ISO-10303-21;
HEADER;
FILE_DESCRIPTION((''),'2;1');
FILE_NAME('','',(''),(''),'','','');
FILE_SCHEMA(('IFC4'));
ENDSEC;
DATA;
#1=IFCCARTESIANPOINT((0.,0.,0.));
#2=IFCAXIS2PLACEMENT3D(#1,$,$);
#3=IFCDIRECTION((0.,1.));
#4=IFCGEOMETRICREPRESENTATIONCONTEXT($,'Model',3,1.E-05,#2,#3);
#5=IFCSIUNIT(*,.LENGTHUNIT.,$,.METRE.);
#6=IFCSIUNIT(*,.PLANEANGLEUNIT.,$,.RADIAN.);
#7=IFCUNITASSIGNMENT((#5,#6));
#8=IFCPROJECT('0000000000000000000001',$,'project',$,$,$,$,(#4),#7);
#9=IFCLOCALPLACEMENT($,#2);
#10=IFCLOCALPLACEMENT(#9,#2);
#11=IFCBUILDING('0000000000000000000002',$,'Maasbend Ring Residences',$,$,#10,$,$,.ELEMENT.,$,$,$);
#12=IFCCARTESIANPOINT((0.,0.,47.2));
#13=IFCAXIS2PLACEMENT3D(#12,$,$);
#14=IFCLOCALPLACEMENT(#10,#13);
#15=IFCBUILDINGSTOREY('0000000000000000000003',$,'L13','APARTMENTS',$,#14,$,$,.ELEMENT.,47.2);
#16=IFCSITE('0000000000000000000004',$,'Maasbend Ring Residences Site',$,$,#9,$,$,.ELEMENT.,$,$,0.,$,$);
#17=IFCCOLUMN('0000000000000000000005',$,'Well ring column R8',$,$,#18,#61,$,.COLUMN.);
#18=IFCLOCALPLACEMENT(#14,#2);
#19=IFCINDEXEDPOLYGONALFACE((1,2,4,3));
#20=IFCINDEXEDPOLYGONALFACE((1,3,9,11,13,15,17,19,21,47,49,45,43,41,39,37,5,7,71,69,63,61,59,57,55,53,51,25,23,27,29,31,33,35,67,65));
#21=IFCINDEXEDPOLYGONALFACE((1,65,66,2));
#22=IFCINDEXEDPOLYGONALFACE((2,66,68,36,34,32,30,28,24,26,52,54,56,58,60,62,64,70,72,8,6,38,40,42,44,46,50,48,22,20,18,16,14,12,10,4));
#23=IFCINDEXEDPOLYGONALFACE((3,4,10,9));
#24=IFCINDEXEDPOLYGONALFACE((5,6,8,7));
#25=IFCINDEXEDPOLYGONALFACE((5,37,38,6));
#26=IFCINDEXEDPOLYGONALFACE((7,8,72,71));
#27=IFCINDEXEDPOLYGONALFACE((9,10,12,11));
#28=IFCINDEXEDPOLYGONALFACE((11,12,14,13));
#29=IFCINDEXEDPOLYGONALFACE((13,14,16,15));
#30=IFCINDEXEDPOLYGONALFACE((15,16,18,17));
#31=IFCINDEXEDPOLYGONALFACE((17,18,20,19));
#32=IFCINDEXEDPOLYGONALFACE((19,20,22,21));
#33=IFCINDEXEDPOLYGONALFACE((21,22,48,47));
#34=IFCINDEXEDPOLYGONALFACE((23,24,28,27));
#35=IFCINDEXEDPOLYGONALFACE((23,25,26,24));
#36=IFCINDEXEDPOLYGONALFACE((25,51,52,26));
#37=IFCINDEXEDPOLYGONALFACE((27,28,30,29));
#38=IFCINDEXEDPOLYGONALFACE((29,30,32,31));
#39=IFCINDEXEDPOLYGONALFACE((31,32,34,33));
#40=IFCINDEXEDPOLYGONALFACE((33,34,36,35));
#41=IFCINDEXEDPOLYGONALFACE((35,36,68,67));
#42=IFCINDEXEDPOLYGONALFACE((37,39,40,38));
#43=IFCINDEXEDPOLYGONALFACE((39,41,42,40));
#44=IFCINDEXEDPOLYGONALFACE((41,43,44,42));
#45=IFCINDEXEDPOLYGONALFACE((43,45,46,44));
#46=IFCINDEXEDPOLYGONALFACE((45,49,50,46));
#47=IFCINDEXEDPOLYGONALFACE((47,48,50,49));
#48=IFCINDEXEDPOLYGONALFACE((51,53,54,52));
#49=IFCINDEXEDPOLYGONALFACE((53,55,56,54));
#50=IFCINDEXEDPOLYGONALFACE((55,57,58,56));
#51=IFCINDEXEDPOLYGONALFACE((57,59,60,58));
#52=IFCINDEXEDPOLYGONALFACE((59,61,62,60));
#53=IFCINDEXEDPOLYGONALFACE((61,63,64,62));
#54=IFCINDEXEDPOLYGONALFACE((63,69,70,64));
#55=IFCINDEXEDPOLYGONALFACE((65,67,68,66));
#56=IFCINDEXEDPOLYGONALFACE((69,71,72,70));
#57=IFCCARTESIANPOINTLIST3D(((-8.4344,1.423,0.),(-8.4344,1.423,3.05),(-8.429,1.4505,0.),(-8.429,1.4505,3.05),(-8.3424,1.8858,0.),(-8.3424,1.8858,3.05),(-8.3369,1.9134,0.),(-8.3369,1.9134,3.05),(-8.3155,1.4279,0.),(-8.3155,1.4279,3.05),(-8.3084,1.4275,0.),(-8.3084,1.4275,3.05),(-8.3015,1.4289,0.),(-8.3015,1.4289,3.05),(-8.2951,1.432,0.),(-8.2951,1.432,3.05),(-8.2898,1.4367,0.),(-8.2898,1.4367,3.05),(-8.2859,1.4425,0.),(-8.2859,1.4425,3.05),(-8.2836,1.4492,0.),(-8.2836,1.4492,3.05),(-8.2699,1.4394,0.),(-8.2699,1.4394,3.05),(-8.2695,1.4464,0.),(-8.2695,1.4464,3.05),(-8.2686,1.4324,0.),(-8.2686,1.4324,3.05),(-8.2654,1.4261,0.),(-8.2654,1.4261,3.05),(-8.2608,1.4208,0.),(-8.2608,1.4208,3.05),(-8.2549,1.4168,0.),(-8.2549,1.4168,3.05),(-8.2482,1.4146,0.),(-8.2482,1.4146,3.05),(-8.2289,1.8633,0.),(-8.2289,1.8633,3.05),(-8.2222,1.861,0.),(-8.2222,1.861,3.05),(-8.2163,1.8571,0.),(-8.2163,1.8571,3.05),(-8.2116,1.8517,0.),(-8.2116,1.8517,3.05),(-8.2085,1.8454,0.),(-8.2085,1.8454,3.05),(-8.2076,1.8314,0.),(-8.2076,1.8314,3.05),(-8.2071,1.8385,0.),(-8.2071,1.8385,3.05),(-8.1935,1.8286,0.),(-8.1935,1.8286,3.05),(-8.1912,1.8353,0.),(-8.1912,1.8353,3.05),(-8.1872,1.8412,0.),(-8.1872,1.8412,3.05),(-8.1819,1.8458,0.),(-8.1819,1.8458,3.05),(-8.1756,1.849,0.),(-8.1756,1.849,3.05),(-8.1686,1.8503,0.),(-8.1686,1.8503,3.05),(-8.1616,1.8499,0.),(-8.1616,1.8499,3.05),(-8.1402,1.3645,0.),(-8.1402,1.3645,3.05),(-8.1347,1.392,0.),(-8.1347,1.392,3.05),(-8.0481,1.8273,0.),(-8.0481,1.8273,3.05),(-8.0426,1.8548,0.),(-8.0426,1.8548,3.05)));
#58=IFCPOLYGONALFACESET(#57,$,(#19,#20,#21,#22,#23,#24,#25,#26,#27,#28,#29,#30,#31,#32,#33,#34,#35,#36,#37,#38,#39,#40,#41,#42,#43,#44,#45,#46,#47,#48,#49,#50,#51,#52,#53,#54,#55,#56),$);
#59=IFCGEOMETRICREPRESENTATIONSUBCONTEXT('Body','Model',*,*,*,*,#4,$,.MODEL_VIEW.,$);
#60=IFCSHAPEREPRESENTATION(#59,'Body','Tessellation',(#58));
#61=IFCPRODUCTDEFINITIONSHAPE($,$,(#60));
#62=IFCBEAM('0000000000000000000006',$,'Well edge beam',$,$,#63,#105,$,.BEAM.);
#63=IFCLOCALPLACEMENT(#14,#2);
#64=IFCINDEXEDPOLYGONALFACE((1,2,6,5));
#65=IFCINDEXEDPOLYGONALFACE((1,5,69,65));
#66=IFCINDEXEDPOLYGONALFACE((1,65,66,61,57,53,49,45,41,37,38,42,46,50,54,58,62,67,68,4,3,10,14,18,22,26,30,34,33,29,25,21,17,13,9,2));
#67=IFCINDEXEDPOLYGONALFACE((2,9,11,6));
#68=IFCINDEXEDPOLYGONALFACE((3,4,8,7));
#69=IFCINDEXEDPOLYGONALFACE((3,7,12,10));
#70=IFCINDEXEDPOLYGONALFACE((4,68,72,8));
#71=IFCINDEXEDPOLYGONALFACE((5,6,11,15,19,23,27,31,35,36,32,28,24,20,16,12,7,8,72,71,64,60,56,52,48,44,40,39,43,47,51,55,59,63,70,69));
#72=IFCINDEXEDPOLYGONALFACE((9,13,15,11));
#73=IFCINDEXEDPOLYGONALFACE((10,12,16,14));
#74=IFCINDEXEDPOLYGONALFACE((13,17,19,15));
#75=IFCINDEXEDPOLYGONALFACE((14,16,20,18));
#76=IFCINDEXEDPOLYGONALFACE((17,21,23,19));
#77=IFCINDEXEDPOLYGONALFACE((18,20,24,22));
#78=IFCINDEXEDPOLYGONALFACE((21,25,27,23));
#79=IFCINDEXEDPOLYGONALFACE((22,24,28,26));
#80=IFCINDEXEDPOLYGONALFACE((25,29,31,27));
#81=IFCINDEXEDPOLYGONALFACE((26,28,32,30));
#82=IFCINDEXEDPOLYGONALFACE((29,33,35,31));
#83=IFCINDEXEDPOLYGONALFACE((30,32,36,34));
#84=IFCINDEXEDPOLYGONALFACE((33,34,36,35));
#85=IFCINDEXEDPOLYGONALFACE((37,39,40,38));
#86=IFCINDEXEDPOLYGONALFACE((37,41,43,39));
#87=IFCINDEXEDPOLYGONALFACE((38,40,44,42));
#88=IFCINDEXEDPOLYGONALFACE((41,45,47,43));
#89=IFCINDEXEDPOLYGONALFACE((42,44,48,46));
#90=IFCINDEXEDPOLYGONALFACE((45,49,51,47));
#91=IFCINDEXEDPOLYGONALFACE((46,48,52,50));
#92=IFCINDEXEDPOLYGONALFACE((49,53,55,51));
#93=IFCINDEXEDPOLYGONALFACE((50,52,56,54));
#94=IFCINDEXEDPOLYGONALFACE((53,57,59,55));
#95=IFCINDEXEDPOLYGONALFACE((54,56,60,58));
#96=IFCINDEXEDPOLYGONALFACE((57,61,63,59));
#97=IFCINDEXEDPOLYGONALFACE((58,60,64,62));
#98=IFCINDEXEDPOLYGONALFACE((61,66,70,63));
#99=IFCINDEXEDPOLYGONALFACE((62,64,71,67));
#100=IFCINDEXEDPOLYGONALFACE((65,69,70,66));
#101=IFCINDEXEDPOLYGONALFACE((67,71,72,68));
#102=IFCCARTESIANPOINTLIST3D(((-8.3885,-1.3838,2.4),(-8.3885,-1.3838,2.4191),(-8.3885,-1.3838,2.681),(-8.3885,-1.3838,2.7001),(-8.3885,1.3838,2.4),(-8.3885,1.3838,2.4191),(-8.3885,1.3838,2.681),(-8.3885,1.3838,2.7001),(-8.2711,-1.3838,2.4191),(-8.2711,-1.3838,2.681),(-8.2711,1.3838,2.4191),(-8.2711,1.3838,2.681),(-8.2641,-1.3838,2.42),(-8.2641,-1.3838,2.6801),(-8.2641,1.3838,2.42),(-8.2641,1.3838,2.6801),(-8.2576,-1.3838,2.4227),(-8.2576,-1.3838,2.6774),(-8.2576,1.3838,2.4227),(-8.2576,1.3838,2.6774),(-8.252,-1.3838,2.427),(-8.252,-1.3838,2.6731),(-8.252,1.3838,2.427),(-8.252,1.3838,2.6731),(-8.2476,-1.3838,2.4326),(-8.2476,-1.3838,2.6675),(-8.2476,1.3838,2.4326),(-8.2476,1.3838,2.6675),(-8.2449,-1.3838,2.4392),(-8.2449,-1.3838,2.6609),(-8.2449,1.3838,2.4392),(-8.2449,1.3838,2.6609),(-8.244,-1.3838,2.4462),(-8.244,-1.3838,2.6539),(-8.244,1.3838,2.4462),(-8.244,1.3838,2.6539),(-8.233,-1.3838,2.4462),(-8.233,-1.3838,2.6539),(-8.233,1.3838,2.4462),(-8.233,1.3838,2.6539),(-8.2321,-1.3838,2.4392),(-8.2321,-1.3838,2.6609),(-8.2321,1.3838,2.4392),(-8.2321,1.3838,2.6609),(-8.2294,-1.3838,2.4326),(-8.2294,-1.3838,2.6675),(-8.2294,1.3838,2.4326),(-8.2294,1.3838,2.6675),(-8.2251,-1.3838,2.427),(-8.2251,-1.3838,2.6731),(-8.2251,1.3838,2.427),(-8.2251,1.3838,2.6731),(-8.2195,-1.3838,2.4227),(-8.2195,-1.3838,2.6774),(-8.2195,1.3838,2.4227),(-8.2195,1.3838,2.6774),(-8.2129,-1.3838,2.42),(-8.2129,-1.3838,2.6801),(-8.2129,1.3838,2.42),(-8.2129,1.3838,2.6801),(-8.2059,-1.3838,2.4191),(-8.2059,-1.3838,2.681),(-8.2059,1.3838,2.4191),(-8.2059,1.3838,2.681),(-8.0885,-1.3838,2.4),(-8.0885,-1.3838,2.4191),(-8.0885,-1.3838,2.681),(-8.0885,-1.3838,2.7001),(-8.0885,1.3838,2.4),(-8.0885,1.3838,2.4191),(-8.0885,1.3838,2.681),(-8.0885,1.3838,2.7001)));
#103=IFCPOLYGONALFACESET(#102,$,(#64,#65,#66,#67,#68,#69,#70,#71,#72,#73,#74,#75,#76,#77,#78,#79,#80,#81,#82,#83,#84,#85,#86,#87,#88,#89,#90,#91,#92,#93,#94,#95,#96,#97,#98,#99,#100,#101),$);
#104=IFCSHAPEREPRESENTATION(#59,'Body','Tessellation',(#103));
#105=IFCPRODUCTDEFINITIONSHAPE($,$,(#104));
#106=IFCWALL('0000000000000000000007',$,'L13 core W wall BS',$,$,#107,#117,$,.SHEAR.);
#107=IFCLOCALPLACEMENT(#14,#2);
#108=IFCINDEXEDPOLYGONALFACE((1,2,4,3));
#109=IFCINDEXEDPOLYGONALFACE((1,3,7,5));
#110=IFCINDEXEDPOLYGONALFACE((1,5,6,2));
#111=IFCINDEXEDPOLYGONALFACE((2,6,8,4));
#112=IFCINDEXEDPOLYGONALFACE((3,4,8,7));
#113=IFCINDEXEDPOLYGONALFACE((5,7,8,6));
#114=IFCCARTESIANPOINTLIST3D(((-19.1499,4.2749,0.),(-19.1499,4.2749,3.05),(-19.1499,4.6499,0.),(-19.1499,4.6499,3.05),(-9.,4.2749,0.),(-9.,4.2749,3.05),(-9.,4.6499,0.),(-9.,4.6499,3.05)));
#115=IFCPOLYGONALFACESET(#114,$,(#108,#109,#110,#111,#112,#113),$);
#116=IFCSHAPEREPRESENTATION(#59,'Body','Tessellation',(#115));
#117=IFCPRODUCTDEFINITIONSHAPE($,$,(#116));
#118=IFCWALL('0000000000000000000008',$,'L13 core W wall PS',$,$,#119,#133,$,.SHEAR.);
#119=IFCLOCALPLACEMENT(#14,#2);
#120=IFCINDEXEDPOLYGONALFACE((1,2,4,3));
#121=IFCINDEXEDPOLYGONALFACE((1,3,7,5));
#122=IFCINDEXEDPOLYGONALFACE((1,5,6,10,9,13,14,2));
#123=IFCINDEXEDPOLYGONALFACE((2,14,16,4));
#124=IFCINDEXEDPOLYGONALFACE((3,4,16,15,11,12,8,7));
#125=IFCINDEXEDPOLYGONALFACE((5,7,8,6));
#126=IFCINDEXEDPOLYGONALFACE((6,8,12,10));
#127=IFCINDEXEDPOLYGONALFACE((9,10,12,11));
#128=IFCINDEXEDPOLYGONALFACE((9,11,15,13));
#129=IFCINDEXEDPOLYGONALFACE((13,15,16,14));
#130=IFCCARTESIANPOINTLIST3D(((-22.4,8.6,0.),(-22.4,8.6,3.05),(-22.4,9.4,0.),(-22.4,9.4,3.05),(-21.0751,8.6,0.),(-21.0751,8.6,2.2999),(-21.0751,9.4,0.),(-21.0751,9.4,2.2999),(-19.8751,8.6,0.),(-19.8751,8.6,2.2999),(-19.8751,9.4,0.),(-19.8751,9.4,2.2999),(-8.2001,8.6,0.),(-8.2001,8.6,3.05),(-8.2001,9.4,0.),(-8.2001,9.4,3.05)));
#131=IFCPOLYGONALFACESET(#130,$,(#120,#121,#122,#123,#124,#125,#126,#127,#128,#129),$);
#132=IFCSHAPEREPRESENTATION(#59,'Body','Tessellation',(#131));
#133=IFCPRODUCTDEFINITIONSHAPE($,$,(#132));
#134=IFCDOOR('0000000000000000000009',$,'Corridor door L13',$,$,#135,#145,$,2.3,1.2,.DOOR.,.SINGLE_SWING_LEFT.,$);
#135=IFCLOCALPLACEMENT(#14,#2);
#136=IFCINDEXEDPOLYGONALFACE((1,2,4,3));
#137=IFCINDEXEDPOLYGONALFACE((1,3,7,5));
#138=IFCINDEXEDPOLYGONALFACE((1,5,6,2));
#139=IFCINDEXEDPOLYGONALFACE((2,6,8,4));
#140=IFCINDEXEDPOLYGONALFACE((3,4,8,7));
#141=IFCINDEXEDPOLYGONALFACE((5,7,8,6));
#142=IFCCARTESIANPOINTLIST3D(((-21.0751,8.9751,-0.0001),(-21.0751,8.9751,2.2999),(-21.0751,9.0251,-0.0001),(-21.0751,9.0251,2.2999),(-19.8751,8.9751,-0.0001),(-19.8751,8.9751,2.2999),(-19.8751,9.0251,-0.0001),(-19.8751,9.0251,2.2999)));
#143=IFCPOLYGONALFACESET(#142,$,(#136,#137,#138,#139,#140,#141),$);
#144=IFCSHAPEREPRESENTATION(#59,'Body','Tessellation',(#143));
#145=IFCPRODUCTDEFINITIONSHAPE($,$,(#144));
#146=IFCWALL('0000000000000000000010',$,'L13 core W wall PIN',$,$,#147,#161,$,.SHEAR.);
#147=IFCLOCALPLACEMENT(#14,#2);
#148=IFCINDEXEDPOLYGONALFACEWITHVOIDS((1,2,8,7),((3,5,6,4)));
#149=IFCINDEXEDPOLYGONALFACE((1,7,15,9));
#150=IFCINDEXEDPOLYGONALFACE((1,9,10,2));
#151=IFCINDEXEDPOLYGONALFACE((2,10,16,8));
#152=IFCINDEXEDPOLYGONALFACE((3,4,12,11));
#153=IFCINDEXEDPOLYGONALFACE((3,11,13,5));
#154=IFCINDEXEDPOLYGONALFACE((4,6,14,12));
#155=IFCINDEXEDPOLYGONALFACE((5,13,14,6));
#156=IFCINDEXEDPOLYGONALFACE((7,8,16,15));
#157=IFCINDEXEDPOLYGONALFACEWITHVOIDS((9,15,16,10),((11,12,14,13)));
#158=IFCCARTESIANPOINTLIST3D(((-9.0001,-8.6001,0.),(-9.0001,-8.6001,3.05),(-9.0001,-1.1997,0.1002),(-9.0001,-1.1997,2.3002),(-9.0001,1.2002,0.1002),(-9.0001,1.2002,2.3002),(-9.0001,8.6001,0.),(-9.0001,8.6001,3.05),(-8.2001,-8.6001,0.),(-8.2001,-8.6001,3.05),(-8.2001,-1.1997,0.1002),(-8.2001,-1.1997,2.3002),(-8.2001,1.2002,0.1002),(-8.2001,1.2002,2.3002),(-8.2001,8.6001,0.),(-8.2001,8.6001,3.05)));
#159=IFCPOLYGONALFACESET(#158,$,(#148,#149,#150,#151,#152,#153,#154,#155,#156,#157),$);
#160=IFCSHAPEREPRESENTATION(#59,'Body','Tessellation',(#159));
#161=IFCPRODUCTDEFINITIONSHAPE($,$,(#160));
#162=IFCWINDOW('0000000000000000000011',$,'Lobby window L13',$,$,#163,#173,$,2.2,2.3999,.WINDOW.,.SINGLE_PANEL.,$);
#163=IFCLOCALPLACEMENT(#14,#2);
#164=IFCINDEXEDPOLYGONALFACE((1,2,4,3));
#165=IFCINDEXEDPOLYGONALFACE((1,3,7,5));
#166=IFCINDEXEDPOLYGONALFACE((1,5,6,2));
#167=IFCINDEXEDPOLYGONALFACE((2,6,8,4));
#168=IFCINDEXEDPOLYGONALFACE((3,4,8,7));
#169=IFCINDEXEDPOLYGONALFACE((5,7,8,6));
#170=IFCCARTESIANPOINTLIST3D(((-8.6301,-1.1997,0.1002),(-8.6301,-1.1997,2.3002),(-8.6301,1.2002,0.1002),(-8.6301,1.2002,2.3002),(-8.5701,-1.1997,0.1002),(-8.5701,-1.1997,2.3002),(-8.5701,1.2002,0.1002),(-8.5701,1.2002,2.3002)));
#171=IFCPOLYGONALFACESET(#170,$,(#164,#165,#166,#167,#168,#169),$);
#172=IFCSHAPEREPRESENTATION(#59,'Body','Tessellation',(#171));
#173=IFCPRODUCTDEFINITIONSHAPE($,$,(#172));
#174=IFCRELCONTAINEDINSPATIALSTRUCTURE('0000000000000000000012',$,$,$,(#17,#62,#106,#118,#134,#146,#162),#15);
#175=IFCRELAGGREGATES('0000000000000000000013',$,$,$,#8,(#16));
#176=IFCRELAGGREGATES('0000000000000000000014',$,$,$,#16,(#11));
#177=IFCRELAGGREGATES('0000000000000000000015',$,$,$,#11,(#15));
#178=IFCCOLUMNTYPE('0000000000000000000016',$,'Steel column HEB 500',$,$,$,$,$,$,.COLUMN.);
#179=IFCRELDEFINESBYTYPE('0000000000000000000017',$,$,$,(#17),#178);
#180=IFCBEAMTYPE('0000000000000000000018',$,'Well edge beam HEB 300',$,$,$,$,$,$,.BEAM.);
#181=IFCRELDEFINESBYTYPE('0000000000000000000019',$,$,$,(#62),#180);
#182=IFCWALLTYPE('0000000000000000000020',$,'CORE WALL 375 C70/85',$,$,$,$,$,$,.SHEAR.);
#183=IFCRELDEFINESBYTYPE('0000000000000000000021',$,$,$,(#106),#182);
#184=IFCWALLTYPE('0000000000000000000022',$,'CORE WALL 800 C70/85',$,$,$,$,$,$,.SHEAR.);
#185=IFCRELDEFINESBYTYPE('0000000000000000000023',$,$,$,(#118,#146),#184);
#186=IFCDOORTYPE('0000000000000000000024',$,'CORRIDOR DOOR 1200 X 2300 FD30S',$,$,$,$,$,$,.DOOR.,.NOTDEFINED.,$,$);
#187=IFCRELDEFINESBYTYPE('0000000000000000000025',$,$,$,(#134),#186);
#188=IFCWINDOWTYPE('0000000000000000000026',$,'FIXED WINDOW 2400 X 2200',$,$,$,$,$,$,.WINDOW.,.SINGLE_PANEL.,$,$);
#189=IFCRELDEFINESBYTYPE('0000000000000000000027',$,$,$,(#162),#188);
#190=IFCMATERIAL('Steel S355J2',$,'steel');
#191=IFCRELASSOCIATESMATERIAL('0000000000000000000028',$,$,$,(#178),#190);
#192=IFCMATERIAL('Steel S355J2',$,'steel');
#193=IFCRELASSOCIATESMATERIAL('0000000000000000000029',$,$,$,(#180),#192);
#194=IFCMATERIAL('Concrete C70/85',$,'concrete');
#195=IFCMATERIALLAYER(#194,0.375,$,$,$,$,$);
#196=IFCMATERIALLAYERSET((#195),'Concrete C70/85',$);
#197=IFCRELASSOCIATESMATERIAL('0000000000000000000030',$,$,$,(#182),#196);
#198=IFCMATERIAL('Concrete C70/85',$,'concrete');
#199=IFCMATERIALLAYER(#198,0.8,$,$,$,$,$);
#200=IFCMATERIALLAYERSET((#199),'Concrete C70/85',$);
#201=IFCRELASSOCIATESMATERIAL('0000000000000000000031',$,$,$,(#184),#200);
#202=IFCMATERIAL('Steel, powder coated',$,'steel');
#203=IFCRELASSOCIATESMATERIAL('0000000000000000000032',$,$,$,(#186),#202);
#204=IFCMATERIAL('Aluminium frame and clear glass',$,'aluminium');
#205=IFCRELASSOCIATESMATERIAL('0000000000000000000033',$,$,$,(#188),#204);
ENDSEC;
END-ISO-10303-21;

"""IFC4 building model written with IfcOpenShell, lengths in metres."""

from ifc_helpers import new_model, si_unit, direction, frame, frame_2d, origin, origin_2d, place, context, subcontext, project, spatial, rectangle, i_section, extrude, material, layer, layer_set, material_profile, profile_set, type_object, element, fill, save


model = new_model("IFC4")

# Units and contexts
model_context = context("Model", 3, precision=1e-05, world=origin(), true_north=direction((0.0, 1.0)))
body_context = subcontext(model_context, "Body", "Model", "MODEL_VIEW")
ifc_project = project(units=[si_unit("LENGTHUNIT", "METRE"), si_unit("PLANEANGLEUNIT", "RADIAN")], contexts=[model_context])

# Site, building, storey
site_placement = place(None, origin())
site = spatial("IfcSite", under=ifc_project, at=site_placement, Name="Maasbend Ring Residences Site", CompositionType="ELEMENT", RefElevation=0.0)
building_placement = place(site_placement, origin())
building = spatial("IfcBuilding", under=site, at=building_placement, Name="Maasbend Ring Residences", CompositionType="ELEMENT")
storey_placement = place(building_placement, frame((0.0, 0.0, 47.2)))
storey = spatial("IfcBuildingStorey", under=building, at=storey_placement, Name="L13", Description="APARTMENTS", CompositionType="ELEMENT", Elevation=47.2)

# Column
ifc_material_1 = material(Name="Steel S355J2", Category="steel")
ifc_material_profile_1 = material_profile(ifc_material_1, i_section(OverallWidth=0.3, OverallDepth=0.5, WebThickness=0.0144, FlangeThickness=0.0281, FilletRadius=0.0271, at=origin_2d()), Name="HEB 500")
ifc_profile_set_1 = profile_set([ifc_material_profile_1], Name="Steel S355J2")
column_type = type_object("IfcColumnType", Name="Steel column HEB 500", PredefinedType="COLUMN", material=ifc_profile_set_1)
column_placement = place(storey_placement, frame((-8.2385, 1.6389, 0.0), z_axis=(0.0, 0.0, 1.0), x_axis=(-0.980785, 0.19509, 0.0)))
element("IfcColumn", 1, at=column_placement, inside=storey, type_object=column_type, Name="Well ring column R8", PredefinedType="COLUMN", context=body_context, shape_type="SweptSolid", body=[
    extrude(i_section(OverallWidth=0.3, OverallDepth=0.5, WebThickness=0.0144, FlangeThickness=0.0281, FilletRadius=0.0271, at=origin_2d()), origin(), (0.0, 0.0, 1.0), 3.05),
])

# Beam
ifc_material_2 = material(Name="Steel S355J2", Category="steel")
ifc_material_profile_2 = material_profile(ifc_material_2, i_section(OverallWidth=0.3, OverallDepth=0.3, WebThickness=0.011, FlangeThickness=0.019, FilletRadius=0.0271, at=origin_2d()), Name="HEB 300")
ifc_profile_set_2 = profile_set([ifc_material_profile_2], Name="Steel S355J2")
beam_type = type_object("IfcBeamType", Name="Well edge beam HEB 300", PredefinedType="BEAM", material=ifc_profile_set_2)
beam_placement = place(storey_placement, frame((-8.2385, 1.3838, 2.55), z_axis=(0.0, -1.0, 0.0), x_axis=(1.0, 0.0, 0.0)))
element("IfcBeam", 2, at=beam_placement, inside=storey, type_object=beam_type, Name="Well edge beam", PredefinedType="BEAM", context=body_context, shape_type="SweptSolid", body=[
    extrude(i_section(OverallWidth=0.3, OverallDepth=0.3, WebThickness=0.011, FlangeThickness=0.019, FilletRadius=0.0271, at=origin_2d()), origin(), (0.0, 0.0, 1.0), 2.7676),
])

# Wall
ifc_material_3 = material(Name="Concrete C70/85", Category="concrete")
ifc_layer_1 = layer(ifc_material_3, 0.375)
ifc_layer_set_1 = layer_set([ifc_layer_1], Name="Concrete C70/85")
wall_type_1 = type_object("IfcWallType", Name="CORE WALL 375 C70/85", PredefinedType="SHEAR", material=ifc_layer_set_1)
wall_1_placement = place(storey_placement, frame((-9.0, 4.4624, 0.0), z_axis=(0.0, 0.0, 1.0), x_axis=(-1.0, 0.0, 0.0)))
element("IfcWall", 3, at=wall_1_placement, inside=storey, type_object=wall_type_1, Name="L13 core W wall BS", PredefinedType="SHEAR", context=body_context, shape_type="SweptSolid", body=[
    extrude(rectangle(XDim=10.1499, YDim=0.375, at=frame_2d((5.075, 0.0))), origin(), (0.0, 0.0, 1.0), 3.05),
])

# Wall, opening, door
ifc_material_4 = material(Name="Concrete C70/85", Category="concrete")
ifc_layer_2 = layer(ifc_material_4, 0.8)
ifc_layer_set_2 = layer_set([ifc_layer_2], Name="Concrete C70/85")
wall_type_2 = type_object("IfcWallType", Name="CORE WALL 800 C70/85", PredefinedType="SHEAR", material=ifc_layer_set_2)
wall_2_placement = place(storey_placement, frame((-8.2, 9.0, 0.0), z_axis=(0.0, 0.0, 1.0), x_axis=(-1.0, 0.0, 0.0)))
wall_2 = element("IfcWall", 4, at=wall_2_placement, inside=storey, type_object=wall_type_2, Name="L13 core W wall PS", PredefinedType="SHEAR", context=body_context, shape_type="SweptSolid", body=[
    extrude(rectangle(XDim=14.2, YDim=0.8, at=frame_2d((7.1001, 0.0))), origin(), (0.0, 0.0, 1.0), 3.05),
])
opening_1_placement = place(wall_2_placement, frame((11.675, 0.0, 0.0)))
opening_1 = element("IfcOpeningElement", 5, at=opening_1_placement, cuts=wall_2, PredefinedType="OPENING", context=body_context, shape_type="SweptSolid", body=[
    extrude(rectangle(XDim=1.2, YDim=2.3, at=frame_2d((0.6001, 1.1499))), frame((0.0, 0.4102, 0.0), z_axis=(0.0, -1.0, 0.0), x_axis=(1.0, 0.0, 0.0)), (0.0, 0.0, 1.0), 0.8201),
])
ifc_material_5 = material(Name="Steel, powder coated", Category="steel")
door_type_1 = type_object("IfcDoorType", Name="CORRIDOR DOOR 1200 X 2300 FD30S", OperationType="NOTDEFINED", PredefinedType="DOOR", material=ifc_material_5)
door_1_placement = place(opening_1_placement, origin())
door_1 = element("IfcDoor", 6, at=door_1_placement, inside=storey, type_object=door_type_1, Name="Corridor door L13", OperationType="SINGLE_SWING_LEFT", OverallHeight=2.3, OverallWidth=1.2, PredefinedType="DOOR", context=body_context, shape_type="SweptSolid", body=[
    extrude(rectangle(XDim=1.2, YDim=2.3, at=frame_2d((0.6001, 1.1499))), frame((0.0, 0.0249, 0.0), z_axis=(0.0, -1.0, 0.0), x_axis=(1.0, 0.0, 0.0)), (0.0, 0.0, 1.0), 0.05),
])
fill(opening_1, door_1)

# Wall, opening, window
wall_3_placement = place(storey_placement, frame((-8.6001, 8.6001, 0.0), z_axis=(0.0, 0.0, 1.0), x_axis=(0.0, -1.0, 0.0)))
wall_3 = element("IfcWall", 7, at=wall_3_placement, inside=storey, type_object=wall_type_2, Name="L13 core W wall PIN", PredefinedType="SHEAR", context=body_context, shape_type="SweptSolid", body=[
    extrude(rectangle(XDim=17.2002, YDim=0.8, at=frame_2d((8.6001, 0.0))), origin(), (0.0, 0.0, 1.0), 3.05),
])
opening_2_placement = place(wall_3_placement, frame((7.3999, 0.0, 0.1001)))
opening_2 = element("IfcOpeningElement", 8, at=opening_2_placement, cuts=wall_3, PredefinedType="OPENING", context=body_context, shape_type="SweptSolid", body=[
    extrude(rectangle(XDim=2.3999, YDim=2.2, at=frame_2d((1.2, 1.1001))), frame((0.0, 0.4102, 0.0), z_axis=(0.0, -1.0, 0.0), x_axis=(1.0, 0.0, 0.0)), (0.0, 0.0, 1.0), 0.8201),
])
ifc_material_6 = material(Name="Aluminium frame and clear glass", Category="aluminium")
window_type = type_object("IfcWindowType", Name="FIXED WINDOW 2400 X 2200", PartitioningType="SINGLE_PANEL", PredefinedType="WINDOW", material=ifc_material_6)
window_placement = place(opening_2_placement, origin())
window = element("IfcWindow", 9, at=window_placement, inside=storey, type_object=window_type, Name="Lobby window L13", OverallHeight=2.2, OverallWidth=2.3999, PartitioningType="SINGLE_PANEL", PredefinedType="WINDOW", context=body_context, shape_type="SweptSolid", body=[
    extrude(rectangle(XDim=2.3999, YDim=2.2, at=frame_2d((1.2, 1.1001))), frame((0.0, 0.03, 0.0), z_axis=(0.0, -1.0, 0.0), x_axis=(1.0, 0.0, 0.0)), (0.0, 0.0, 1.0), 0.0601),
])
fill(opening_2, window)

save(model, "model.ifc")
